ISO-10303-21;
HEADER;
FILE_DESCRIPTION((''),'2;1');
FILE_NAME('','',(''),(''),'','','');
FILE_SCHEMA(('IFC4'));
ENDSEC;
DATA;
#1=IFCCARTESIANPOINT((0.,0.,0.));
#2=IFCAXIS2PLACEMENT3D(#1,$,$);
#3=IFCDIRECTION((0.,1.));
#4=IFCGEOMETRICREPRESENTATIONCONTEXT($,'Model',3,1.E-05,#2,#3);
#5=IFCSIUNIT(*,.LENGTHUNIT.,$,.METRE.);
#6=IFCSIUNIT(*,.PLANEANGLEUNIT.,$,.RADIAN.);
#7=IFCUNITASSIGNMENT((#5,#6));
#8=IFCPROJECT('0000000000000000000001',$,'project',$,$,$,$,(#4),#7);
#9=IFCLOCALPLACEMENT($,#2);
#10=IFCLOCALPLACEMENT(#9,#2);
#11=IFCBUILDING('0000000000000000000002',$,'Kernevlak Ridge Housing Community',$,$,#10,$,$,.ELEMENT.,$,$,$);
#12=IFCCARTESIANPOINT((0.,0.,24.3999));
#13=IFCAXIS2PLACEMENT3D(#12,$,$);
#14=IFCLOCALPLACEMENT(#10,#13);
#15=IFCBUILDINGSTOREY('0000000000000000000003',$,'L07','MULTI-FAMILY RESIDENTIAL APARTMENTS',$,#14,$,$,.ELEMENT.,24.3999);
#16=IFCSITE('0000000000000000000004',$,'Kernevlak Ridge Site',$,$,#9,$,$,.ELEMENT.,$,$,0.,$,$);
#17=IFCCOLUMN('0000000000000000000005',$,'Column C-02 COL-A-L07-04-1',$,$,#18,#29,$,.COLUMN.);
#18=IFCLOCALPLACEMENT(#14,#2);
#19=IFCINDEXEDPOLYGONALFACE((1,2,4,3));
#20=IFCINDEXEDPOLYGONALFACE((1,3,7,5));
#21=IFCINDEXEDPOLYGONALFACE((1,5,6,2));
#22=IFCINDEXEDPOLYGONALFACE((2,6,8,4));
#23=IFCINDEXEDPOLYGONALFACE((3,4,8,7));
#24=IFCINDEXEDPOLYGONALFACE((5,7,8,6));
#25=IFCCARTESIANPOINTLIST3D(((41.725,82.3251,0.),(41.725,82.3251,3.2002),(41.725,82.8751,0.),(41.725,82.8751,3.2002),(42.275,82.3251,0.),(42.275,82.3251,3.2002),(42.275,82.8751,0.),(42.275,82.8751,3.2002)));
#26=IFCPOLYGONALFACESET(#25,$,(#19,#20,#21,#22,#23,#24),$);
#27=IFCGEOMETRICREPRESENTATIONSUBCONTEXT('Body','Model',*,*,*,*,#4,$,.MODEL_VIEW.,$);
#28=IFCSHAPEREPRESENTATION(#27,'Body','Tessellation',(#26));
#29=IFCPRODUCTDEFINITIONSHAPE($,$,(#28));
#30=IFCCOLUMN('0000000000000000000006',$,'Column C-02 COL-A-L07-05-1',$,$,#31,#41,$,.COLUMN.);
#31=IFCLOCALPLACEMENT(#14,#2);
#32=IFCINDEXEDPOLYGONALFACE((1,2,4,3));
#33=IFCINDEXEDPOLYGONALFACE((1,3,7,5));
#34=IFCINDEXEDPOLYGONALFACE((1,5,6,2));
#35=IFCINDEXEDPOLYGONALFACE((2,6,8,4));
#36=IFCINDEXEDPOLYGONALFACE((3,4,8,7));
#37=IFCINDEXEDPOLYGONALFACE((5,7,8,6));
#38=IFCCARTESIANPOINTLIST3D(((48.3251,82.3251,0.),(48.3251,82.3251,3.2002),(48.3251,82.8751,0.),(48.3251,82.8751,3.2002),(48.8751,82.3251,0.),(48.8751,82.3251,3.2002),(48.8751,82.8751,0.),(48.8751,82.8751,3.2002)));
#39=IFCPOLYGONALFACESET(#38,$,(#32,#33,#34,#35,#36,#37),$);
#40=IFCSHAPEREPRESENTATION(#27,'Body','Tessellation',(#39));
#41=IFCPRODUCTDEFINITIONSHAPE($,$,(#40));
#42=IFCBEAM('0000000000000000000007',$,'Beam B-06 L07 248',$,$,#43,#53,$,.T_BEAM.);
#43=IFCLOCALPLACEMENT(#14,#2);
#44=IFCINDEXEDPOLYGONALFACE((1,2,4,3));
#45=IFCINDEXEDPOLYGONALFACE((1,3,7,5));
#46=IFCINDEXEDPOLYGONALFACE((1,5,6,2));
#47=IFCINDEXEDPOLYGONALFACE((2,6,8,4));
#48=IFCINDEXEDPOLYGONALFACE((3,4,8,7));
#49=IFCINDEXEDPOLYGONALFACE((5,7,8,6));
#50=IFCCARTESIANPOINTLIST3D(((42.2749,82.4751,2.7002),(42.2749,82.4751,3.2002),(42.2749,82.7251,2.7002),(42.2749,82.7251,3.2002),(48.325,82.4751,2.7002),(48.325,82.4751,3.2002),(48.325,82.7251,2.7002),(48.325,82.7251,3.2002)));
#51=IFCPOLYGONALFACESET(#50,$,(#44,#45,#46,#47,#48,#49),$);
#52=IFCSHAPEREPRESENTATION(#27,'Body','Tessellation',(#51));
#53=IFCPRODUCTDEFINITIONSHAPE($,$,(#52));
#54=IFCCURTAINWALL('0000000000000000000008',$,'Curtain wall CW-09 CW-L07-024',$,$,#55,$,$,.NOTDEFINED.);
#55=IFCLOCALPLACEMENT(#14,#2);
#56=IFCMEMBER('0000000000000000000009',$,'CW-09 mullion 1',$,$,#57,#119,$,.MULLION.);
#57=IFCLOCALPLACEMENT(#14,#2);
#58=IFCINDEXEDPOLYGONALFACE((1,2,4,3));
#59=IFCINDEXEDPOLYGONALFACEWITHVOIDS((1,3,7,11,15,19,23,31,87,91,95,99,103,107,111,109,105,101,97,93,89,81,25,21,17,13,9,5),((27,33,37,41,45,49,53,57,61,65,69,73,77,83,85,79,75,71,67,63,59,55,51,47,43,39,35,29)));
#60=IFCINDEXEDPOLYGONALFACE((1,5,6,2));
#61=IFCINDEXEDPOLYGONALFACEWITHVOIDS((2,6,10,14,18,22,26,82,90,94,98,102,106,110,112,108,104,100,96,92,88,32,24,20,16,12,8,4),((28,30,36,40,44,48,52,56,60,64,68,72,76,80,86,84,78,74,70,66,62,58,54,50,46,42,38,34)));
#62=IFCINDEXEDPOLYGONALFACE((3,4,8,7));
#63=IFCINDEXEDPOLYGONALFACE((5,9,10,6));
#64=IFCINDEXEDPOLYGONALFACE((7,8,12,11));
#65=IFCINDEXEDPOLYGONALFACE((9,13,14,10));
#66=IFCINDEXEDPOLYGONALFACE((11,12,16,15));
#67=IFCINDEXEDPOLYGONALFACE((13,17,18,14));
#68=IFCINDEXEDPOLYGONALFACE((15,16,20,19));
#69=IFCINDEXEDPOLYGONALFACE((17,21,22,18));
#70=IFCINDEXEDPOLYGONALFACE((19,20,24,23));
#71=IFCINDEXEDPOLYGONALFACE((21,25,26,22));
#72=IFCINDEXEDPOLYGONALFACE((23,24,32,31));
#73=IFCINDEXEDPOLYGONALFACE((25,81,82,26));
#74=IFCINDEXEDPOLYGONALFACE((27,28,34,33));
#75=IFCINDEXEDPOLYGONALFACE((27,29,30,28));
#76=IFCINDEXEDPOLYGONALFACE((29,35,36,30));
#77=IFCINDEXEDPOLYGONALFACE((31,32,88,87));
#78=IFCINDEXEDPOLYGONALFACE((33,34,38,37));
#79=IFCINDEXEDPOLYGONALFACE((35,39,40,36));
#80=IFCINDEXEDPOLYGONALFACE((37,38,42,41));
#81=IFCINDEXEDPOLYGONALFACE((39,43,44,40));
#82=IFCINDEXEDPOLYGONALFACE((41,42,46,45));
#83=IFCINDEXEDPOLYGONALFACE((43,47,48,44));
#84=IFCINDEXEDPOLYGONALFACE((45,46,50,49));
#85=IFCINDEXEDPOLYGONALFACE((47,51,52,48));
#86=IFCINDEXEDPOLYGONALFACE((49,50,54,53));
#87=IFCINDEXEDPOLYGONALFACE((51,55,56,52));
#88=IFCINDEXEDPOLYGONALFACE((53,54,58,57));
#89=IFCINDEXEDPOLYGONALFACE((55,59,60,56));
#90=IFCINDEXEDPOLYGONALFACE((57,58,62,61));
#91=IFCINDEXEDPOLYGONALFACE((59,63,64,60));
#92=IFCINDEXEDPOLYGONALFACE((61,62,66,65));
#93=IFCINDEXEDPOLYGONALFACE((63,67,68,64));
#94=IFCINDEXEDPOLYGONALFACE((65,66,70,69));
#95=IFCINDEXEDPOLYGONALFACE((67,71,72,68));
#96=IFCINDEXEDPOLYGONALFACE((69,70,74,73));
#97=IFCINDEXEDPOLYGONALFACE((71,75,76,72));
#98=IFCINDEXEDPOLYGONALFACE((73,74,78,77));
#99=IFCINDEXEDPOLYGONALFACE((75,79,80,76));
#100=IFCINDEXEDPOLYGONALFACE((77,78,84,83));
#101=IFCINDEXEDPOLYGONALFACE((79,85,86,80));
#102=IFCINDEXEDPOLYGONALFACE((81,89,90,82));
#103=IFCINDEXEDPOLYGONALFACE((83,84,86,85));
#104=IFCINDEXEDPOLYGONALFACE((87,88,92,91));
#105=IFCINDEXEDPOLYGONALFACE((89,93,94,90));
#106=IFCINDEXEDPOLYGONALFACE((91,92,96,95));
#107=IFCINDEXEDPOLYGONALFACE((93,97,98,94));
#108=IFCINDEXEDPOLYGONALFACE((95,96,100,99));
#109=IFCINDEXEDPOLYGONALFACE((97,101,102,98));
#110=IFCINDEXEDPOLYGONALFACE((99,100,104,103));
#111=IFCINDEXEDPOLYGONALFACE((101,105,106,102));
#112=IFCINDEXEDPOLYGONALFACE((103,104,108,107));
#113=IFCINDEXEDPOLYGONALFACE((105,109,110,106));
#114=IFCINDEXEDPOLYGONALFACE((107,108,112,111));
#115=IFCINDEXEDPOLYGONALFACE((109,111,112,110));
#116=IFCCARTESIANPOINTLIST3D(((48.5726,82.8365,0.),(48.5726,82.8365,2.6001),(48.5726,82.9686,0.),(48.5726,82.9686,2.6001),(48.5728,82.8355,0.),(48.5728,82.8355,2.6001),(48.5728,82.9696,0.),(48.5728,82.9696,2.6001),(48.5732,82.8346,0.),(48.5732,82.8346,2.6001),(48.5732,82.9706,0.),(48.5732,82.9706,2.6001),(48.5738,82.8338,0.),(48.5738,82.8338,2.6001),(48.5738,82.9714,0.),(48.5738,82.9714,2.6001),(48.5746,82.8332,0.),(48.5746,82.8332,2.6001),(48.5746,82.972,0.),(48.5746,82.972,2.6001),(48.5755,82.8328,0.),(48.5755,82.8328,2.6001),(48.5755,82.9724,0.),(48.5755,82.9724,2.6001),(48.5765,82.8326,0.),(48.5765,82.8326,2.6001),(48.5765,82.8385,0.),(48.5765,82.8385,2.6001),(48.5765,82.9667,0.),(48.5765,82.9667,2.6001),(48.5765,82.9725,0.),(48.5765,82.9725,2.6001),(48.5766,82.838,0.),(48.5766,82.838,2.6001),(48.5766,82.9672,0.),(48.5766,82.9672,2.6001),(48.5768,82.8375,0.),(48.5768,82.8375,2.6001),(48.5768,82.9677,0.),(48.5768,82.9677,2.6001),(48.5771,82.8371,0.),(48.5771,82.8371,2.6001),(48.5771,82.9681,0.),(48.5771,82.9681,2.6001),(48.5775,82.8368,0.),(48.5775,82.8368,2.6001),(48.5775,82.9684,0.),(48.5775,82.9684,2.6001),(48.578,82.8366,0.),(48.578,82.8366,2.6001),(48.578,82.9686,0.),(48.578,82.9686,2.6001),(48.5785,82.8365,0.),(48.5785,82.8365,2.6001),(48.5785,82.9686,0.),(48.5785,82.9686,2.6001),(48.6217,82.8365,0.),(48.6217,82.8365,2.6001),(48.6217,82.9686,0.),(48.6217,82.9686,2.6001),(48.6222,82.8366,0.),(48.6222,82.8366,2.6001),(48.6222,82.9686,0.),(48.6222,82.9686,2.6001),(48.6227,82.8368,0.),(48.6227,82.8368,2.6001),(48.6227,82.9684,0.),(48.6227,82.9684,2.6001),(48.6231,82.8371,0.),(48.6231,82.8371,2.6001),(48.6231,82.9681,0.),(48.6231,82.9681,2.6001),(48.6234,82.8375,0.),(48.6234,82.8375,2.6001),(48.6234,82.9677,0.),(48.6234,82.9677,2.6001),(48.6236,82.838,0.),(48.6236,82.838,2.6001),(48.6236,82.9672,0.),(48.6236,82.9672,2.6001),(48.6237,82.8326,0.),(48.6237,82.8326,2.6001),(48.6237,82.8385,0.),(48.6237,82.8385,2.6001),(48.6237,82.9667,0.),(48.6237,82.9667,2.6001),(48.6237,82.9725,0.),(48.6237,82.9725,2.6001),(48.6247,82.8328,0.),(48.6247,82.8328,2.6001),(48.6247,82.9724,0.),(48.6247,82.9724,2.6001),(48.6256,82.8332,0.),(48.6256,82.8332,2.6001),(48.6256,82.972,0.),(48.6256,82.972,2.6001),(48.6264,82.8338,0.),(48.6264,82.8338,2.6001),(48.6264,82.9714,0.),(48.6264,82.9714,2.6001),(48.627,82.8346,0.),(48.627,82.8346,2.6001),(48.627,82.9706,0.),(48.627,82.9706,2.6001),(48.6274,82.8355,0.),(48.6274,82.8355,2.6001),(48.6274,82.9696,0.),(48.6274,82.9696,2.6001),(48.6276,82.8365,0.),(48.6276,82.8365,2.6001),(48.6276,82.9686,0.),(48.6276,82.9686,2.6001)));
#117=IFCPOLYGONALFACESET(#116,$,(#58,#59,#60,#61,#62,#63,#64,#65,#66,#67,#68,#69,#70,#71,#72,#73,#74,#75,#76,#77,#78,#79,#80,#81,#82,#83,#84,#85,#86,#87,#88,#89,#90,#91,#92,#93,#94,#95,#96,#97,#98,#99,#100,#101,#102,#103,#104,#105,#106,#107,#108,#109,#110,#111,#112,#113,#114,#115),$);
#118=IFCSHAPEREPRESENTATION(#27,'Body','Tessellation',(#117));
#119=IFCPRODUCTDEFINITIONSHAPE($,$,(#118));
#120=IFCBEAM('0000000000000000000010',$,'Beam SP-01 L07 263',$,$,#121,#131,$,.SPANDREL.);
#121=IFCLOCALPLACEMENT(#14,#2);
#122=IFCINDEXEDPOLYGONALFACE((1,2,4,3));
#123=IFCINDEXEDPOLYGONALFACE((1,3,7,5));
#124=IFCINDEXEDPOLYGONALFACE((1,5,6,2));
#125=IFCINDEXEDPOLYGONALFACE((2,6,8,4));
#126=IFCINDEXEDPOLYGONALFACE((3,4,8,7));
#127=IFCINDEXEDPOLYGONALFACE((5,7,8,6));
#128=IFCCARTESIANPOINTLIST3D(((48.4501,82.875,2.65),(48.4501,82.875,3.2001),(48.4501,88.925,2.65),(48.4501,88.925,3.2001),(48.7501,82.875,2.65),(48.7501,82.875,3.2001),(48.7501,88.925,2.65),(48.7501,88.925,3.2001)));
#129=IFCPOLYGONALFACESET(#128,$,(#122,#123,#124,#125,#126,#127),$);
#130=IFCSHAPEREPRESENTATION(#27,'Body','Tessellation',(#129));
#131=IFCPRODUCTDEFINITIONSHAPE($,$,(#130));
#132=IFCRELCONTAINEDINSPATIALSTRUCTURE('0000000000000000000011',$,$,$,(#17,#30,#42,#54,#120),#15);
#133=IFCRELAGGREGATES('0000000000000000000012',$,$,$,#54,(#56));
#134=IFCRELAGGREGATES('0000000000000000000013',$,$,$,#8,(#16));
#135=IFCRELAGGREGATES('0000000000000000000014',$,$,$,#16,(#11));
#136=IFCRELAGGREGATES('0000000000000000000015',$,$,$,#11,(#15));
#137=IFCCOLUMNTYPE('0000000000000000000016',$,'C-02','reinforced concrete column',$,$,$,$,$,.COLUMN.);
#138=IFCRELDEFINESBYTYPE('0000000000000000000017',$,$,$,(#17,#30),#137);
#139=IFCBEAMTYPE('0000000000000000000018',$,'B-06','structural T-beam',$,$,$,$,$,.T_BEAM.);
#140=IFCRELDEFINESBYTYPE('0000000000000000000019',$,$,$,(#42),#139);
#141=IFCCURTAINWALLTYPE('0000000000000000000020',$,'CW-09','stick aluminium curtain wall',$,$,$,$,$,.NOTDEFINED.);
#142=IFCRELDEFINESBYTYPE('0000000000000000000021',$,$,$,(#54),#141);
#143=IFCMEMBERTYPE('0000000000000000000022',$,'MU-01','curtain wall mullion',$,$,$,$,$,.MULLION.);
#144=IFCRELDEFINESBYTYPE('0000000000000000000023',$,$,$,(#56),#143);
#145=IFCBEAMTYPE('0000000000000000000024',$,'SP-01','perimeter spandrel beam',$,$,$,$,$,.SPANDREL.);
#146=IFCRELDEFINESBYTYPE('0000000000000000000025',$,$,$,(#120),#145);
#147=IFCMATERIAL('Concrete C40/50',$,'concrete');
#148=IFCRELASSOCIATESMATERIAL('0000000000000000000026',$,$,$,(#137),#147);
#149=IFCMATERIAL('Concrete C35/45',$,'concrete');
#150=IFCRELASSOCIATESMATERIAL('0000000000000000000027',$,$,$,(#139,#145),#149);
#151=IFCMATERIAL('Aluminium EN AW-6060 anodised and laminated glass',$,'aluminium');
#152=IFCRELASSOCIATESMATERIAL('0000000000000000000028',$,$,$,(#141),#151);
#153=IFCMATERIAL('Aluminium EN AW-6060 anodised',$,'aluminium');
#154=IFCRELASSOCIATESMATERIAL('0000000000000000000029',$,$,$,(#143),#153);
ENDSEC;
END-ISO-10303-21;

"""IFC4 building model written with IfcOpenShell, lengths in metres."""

from ifc_helpers import new_model, si_unit, direction, frame, origin, origin_2d, place, context, subcontext, project, spatial, rectangle, hollow_rectangle, extrude, material, material_profile, profile_set, type_object, element, aggregate, save


model = new_model("IFC4")

# Units and contexts
model_context = context("Model", 3, precision=1e-05, world=origin(), true_north=direction((0.0, 1.0)))
body_context = subcontext(model_context, "Body", "Model", "MODEL_VIEW")
ifc_project = project(units=[si_unit("LENGTHUNIT", "METRE"), si_unit("PLANEANGLEUNIT", "RADIAN")], contexts=[model_context])

# Site, building, storey
site_placement = place(None, origin())
site = spatial("IfcSite", under=ifc_project, at=site_placement, Name="Kernevlak Ridge Site", CompositionType="ELEMENT", RefElevation=0.0)
building_placement = place(site_placement, origin())
building = spatial("IfcBuilding", under=site, at=building_placement, Name="Kernevlak Ridge Housing Community", CompositionType="ELEMENT")
storey_placement = place(building_placement, frame((0.0, 0.0, 24.3999)))
storey = spatial("IfcBuildingStorey", under=building, at=storey_placement, Name="L07", Description="MULTI-FAMILY RESIDENTIAL APARTMENTS", CompositionType="ELEMENT", Elevation=24.3999)

# Columns
ifc_material_1 = material(Name="Concrete C40/50", Category="concrete")
ifc_material_profile_1 = material_profile(ifc_material_1, rectangle(XDim=0.55, YDim=0.55, at=origin_2d()), Name="RC 550x550")
ifc_profile_set_1 = profile_set([ifc_material_profile_1], Name="Concrete C40/50")
column_type = type_object("IfcColumnType", Name="C-02", Description="reinforced concrete column", PredefinedType="COLUMN", material=ifc_profile_set_1)
for number, where, z_axis, x_axis, name in (
    (1, (42.0, 82.6001, 0.0), (0.0, 0.0, 1.0), (1.0, 0.0, 0.0), "Column C-02 COL-A-L07-04-1"),
    (2, (48.6001, 82.6001, 0.0), (0.0, 0.0, 1.0), (1.0, 0.0, 0.0), "Column C-02 COL-A-L07-05-1"),
):
    element("IfcColumn", number, at=place(storey_placement, frame(where, z_axis=z_axis, x_axis=x_axis)), inside=storey, type_object=column_type, Name=name, PredefinedType="COLUMN", context=body_context, shape_type="SweptSolid", body=[
        extrude(rectangle(XDim=0.55, YDim=0.55, at=origin_2d()), origin(), (0.0, 0.0, 1.0), 3.2002),
    ])

# Beam
ifc_material_2 = material(Name="Concrete C35/45", Category="concrete")
ifc_material_profile_2 = material_profile(ifc_material_2, rectangle(XDim=0.25, YDim=0.5, at=origin_2d()), Name="RC 250x500")
ifc_profile_set_2 = profile_set([ifc_material_profile_2], Name="Concrete C35/45")
beam_type_1 = type_object("IfcBeamType", Name="B-06", Description="structural T-beam", PredefinedType="T_BEAM", material=ifc_profile_set_2)
beam_1_placement = place(storey_placement, frame((42.2749, 82.6001, 2.9502), z_axis=(1.0, 0.0, 0.0), x_axis=(0.0, 1.0, 0.0)))
element("IfcBeam", 3, at=beam_1_placement, inside=storey, type_object=beam_type_1, Name="Beam B-06 L07 248", PredefinedType="T_BEAM", context=body_context, shape_type="SweptSolid", body=[
    extrude(rectangle(XDim=0.25, YDim=0.5, at=origin_2d()), origin(), (0.0, 0.0, 1.0), 6.05),
])

# Curtain wall, member
ifc_material_3 = material(Name="Aluminium EN AW-6060 anodised and laminated glass", Category="aluminium")
curtain_wall_type = type_object("IfcCurtainWallType", Name="CW-09", Description="stick aluminium curtain wall", PredefinedType="NOTDEFINED", material=ifc_material_3)
curtain_wall_placement = place(storey_placement, origin())
curtain_wall = element("IfcCurtainWall", 4, at=curtain_wall_placement, inside=storey, type_object=curtain_wall_type, Name="Curtain wall CW-09 CW-L07-024", PredefinedType="NOTDEFINED")
ifc_material_4 = material(Name="Aluminium EN AW-6060 anodised", Category="aluminium")
ifc_material_profile_3 = material_profile(ifc_material_4, hollow_rectangle(XDim=0.0549, YDim=0.1399, WallThickness=0.0039, InnerFilletRadius=0.002, OuterFilletRadius=0.0039, at=origin_2d()), Name="ALU 55x140x4")
ifc_profile_set_3 = profile_set([ifc_material_profile_3], Name="Aluminium EN AW-6060 anodised")
member_type_1 = type_object("IfcMemberType", Name="MU-01", Description="curtain wall mullion", PredefinedType="MULLION", material=ifc_profile_set_3)
member_1_placement = place(storey_placement, frame((48.6001, 82.9026, 0.0), z_axis=(0.0, 0.0, 1.0), x_axis=(-1.0, 0.0, 0.0)))
member_1 = element("IfcMember", 5, at=member_1_placement, type_object=member_type_1, Name="CW-09 mullion 1", PredefinedType="MULLION", context=body_context, shape_type="SweptSolid", body=[
    extrude(hollow_rectangle(XDim=0.0549, YDim=0.1399, WallThickness=0.0039, InnerFilletRadius=0.002, OuterFilletRadius=0.0039, at=origin_2d()), origin(), (0.0, 0.0, 1.0), 2.6001),
])

# Beam
ifc_material_profile_4 = material_profile(ifc_material_2, rectangle(XDim=0.3, YDim=0.55, at=origin_2d()), Name="RC 300x550")
ifc_profile_set_4 = profile_set([ifc_material_profile_4], Name="Concrete C35/45")
beam_type_2 = type_object("IfcBeamType", Name="SP-01", Description="perimeter spandrel beam", PredefinedType="SPANDREL", material=ifc_profile_set_4)
beam_2_placement = place(storey_placement, frame((48.6001, 82.875, 2.925), z_axis=(0.0, 1.0, 0.0), x_axis=(-1.0, 0.0, 0.0)))
element("IfcBeam", 6, at=beam_2_placement, inside=storey, type_object=beam_type_2, Name="Beam SP-01 L07 263", PredefinedType="SPANDREL", context=body_context, shape_type="SweptSolid", body=[
    extrude(rectangle(XDim=0.3, YDim=0.55, at=origin_2d()), origin(), (0.0, 0.0, 1.0), 6.05),
])

aggregate(curtain_wall, [member_1])

save(model, "model.ifc")
